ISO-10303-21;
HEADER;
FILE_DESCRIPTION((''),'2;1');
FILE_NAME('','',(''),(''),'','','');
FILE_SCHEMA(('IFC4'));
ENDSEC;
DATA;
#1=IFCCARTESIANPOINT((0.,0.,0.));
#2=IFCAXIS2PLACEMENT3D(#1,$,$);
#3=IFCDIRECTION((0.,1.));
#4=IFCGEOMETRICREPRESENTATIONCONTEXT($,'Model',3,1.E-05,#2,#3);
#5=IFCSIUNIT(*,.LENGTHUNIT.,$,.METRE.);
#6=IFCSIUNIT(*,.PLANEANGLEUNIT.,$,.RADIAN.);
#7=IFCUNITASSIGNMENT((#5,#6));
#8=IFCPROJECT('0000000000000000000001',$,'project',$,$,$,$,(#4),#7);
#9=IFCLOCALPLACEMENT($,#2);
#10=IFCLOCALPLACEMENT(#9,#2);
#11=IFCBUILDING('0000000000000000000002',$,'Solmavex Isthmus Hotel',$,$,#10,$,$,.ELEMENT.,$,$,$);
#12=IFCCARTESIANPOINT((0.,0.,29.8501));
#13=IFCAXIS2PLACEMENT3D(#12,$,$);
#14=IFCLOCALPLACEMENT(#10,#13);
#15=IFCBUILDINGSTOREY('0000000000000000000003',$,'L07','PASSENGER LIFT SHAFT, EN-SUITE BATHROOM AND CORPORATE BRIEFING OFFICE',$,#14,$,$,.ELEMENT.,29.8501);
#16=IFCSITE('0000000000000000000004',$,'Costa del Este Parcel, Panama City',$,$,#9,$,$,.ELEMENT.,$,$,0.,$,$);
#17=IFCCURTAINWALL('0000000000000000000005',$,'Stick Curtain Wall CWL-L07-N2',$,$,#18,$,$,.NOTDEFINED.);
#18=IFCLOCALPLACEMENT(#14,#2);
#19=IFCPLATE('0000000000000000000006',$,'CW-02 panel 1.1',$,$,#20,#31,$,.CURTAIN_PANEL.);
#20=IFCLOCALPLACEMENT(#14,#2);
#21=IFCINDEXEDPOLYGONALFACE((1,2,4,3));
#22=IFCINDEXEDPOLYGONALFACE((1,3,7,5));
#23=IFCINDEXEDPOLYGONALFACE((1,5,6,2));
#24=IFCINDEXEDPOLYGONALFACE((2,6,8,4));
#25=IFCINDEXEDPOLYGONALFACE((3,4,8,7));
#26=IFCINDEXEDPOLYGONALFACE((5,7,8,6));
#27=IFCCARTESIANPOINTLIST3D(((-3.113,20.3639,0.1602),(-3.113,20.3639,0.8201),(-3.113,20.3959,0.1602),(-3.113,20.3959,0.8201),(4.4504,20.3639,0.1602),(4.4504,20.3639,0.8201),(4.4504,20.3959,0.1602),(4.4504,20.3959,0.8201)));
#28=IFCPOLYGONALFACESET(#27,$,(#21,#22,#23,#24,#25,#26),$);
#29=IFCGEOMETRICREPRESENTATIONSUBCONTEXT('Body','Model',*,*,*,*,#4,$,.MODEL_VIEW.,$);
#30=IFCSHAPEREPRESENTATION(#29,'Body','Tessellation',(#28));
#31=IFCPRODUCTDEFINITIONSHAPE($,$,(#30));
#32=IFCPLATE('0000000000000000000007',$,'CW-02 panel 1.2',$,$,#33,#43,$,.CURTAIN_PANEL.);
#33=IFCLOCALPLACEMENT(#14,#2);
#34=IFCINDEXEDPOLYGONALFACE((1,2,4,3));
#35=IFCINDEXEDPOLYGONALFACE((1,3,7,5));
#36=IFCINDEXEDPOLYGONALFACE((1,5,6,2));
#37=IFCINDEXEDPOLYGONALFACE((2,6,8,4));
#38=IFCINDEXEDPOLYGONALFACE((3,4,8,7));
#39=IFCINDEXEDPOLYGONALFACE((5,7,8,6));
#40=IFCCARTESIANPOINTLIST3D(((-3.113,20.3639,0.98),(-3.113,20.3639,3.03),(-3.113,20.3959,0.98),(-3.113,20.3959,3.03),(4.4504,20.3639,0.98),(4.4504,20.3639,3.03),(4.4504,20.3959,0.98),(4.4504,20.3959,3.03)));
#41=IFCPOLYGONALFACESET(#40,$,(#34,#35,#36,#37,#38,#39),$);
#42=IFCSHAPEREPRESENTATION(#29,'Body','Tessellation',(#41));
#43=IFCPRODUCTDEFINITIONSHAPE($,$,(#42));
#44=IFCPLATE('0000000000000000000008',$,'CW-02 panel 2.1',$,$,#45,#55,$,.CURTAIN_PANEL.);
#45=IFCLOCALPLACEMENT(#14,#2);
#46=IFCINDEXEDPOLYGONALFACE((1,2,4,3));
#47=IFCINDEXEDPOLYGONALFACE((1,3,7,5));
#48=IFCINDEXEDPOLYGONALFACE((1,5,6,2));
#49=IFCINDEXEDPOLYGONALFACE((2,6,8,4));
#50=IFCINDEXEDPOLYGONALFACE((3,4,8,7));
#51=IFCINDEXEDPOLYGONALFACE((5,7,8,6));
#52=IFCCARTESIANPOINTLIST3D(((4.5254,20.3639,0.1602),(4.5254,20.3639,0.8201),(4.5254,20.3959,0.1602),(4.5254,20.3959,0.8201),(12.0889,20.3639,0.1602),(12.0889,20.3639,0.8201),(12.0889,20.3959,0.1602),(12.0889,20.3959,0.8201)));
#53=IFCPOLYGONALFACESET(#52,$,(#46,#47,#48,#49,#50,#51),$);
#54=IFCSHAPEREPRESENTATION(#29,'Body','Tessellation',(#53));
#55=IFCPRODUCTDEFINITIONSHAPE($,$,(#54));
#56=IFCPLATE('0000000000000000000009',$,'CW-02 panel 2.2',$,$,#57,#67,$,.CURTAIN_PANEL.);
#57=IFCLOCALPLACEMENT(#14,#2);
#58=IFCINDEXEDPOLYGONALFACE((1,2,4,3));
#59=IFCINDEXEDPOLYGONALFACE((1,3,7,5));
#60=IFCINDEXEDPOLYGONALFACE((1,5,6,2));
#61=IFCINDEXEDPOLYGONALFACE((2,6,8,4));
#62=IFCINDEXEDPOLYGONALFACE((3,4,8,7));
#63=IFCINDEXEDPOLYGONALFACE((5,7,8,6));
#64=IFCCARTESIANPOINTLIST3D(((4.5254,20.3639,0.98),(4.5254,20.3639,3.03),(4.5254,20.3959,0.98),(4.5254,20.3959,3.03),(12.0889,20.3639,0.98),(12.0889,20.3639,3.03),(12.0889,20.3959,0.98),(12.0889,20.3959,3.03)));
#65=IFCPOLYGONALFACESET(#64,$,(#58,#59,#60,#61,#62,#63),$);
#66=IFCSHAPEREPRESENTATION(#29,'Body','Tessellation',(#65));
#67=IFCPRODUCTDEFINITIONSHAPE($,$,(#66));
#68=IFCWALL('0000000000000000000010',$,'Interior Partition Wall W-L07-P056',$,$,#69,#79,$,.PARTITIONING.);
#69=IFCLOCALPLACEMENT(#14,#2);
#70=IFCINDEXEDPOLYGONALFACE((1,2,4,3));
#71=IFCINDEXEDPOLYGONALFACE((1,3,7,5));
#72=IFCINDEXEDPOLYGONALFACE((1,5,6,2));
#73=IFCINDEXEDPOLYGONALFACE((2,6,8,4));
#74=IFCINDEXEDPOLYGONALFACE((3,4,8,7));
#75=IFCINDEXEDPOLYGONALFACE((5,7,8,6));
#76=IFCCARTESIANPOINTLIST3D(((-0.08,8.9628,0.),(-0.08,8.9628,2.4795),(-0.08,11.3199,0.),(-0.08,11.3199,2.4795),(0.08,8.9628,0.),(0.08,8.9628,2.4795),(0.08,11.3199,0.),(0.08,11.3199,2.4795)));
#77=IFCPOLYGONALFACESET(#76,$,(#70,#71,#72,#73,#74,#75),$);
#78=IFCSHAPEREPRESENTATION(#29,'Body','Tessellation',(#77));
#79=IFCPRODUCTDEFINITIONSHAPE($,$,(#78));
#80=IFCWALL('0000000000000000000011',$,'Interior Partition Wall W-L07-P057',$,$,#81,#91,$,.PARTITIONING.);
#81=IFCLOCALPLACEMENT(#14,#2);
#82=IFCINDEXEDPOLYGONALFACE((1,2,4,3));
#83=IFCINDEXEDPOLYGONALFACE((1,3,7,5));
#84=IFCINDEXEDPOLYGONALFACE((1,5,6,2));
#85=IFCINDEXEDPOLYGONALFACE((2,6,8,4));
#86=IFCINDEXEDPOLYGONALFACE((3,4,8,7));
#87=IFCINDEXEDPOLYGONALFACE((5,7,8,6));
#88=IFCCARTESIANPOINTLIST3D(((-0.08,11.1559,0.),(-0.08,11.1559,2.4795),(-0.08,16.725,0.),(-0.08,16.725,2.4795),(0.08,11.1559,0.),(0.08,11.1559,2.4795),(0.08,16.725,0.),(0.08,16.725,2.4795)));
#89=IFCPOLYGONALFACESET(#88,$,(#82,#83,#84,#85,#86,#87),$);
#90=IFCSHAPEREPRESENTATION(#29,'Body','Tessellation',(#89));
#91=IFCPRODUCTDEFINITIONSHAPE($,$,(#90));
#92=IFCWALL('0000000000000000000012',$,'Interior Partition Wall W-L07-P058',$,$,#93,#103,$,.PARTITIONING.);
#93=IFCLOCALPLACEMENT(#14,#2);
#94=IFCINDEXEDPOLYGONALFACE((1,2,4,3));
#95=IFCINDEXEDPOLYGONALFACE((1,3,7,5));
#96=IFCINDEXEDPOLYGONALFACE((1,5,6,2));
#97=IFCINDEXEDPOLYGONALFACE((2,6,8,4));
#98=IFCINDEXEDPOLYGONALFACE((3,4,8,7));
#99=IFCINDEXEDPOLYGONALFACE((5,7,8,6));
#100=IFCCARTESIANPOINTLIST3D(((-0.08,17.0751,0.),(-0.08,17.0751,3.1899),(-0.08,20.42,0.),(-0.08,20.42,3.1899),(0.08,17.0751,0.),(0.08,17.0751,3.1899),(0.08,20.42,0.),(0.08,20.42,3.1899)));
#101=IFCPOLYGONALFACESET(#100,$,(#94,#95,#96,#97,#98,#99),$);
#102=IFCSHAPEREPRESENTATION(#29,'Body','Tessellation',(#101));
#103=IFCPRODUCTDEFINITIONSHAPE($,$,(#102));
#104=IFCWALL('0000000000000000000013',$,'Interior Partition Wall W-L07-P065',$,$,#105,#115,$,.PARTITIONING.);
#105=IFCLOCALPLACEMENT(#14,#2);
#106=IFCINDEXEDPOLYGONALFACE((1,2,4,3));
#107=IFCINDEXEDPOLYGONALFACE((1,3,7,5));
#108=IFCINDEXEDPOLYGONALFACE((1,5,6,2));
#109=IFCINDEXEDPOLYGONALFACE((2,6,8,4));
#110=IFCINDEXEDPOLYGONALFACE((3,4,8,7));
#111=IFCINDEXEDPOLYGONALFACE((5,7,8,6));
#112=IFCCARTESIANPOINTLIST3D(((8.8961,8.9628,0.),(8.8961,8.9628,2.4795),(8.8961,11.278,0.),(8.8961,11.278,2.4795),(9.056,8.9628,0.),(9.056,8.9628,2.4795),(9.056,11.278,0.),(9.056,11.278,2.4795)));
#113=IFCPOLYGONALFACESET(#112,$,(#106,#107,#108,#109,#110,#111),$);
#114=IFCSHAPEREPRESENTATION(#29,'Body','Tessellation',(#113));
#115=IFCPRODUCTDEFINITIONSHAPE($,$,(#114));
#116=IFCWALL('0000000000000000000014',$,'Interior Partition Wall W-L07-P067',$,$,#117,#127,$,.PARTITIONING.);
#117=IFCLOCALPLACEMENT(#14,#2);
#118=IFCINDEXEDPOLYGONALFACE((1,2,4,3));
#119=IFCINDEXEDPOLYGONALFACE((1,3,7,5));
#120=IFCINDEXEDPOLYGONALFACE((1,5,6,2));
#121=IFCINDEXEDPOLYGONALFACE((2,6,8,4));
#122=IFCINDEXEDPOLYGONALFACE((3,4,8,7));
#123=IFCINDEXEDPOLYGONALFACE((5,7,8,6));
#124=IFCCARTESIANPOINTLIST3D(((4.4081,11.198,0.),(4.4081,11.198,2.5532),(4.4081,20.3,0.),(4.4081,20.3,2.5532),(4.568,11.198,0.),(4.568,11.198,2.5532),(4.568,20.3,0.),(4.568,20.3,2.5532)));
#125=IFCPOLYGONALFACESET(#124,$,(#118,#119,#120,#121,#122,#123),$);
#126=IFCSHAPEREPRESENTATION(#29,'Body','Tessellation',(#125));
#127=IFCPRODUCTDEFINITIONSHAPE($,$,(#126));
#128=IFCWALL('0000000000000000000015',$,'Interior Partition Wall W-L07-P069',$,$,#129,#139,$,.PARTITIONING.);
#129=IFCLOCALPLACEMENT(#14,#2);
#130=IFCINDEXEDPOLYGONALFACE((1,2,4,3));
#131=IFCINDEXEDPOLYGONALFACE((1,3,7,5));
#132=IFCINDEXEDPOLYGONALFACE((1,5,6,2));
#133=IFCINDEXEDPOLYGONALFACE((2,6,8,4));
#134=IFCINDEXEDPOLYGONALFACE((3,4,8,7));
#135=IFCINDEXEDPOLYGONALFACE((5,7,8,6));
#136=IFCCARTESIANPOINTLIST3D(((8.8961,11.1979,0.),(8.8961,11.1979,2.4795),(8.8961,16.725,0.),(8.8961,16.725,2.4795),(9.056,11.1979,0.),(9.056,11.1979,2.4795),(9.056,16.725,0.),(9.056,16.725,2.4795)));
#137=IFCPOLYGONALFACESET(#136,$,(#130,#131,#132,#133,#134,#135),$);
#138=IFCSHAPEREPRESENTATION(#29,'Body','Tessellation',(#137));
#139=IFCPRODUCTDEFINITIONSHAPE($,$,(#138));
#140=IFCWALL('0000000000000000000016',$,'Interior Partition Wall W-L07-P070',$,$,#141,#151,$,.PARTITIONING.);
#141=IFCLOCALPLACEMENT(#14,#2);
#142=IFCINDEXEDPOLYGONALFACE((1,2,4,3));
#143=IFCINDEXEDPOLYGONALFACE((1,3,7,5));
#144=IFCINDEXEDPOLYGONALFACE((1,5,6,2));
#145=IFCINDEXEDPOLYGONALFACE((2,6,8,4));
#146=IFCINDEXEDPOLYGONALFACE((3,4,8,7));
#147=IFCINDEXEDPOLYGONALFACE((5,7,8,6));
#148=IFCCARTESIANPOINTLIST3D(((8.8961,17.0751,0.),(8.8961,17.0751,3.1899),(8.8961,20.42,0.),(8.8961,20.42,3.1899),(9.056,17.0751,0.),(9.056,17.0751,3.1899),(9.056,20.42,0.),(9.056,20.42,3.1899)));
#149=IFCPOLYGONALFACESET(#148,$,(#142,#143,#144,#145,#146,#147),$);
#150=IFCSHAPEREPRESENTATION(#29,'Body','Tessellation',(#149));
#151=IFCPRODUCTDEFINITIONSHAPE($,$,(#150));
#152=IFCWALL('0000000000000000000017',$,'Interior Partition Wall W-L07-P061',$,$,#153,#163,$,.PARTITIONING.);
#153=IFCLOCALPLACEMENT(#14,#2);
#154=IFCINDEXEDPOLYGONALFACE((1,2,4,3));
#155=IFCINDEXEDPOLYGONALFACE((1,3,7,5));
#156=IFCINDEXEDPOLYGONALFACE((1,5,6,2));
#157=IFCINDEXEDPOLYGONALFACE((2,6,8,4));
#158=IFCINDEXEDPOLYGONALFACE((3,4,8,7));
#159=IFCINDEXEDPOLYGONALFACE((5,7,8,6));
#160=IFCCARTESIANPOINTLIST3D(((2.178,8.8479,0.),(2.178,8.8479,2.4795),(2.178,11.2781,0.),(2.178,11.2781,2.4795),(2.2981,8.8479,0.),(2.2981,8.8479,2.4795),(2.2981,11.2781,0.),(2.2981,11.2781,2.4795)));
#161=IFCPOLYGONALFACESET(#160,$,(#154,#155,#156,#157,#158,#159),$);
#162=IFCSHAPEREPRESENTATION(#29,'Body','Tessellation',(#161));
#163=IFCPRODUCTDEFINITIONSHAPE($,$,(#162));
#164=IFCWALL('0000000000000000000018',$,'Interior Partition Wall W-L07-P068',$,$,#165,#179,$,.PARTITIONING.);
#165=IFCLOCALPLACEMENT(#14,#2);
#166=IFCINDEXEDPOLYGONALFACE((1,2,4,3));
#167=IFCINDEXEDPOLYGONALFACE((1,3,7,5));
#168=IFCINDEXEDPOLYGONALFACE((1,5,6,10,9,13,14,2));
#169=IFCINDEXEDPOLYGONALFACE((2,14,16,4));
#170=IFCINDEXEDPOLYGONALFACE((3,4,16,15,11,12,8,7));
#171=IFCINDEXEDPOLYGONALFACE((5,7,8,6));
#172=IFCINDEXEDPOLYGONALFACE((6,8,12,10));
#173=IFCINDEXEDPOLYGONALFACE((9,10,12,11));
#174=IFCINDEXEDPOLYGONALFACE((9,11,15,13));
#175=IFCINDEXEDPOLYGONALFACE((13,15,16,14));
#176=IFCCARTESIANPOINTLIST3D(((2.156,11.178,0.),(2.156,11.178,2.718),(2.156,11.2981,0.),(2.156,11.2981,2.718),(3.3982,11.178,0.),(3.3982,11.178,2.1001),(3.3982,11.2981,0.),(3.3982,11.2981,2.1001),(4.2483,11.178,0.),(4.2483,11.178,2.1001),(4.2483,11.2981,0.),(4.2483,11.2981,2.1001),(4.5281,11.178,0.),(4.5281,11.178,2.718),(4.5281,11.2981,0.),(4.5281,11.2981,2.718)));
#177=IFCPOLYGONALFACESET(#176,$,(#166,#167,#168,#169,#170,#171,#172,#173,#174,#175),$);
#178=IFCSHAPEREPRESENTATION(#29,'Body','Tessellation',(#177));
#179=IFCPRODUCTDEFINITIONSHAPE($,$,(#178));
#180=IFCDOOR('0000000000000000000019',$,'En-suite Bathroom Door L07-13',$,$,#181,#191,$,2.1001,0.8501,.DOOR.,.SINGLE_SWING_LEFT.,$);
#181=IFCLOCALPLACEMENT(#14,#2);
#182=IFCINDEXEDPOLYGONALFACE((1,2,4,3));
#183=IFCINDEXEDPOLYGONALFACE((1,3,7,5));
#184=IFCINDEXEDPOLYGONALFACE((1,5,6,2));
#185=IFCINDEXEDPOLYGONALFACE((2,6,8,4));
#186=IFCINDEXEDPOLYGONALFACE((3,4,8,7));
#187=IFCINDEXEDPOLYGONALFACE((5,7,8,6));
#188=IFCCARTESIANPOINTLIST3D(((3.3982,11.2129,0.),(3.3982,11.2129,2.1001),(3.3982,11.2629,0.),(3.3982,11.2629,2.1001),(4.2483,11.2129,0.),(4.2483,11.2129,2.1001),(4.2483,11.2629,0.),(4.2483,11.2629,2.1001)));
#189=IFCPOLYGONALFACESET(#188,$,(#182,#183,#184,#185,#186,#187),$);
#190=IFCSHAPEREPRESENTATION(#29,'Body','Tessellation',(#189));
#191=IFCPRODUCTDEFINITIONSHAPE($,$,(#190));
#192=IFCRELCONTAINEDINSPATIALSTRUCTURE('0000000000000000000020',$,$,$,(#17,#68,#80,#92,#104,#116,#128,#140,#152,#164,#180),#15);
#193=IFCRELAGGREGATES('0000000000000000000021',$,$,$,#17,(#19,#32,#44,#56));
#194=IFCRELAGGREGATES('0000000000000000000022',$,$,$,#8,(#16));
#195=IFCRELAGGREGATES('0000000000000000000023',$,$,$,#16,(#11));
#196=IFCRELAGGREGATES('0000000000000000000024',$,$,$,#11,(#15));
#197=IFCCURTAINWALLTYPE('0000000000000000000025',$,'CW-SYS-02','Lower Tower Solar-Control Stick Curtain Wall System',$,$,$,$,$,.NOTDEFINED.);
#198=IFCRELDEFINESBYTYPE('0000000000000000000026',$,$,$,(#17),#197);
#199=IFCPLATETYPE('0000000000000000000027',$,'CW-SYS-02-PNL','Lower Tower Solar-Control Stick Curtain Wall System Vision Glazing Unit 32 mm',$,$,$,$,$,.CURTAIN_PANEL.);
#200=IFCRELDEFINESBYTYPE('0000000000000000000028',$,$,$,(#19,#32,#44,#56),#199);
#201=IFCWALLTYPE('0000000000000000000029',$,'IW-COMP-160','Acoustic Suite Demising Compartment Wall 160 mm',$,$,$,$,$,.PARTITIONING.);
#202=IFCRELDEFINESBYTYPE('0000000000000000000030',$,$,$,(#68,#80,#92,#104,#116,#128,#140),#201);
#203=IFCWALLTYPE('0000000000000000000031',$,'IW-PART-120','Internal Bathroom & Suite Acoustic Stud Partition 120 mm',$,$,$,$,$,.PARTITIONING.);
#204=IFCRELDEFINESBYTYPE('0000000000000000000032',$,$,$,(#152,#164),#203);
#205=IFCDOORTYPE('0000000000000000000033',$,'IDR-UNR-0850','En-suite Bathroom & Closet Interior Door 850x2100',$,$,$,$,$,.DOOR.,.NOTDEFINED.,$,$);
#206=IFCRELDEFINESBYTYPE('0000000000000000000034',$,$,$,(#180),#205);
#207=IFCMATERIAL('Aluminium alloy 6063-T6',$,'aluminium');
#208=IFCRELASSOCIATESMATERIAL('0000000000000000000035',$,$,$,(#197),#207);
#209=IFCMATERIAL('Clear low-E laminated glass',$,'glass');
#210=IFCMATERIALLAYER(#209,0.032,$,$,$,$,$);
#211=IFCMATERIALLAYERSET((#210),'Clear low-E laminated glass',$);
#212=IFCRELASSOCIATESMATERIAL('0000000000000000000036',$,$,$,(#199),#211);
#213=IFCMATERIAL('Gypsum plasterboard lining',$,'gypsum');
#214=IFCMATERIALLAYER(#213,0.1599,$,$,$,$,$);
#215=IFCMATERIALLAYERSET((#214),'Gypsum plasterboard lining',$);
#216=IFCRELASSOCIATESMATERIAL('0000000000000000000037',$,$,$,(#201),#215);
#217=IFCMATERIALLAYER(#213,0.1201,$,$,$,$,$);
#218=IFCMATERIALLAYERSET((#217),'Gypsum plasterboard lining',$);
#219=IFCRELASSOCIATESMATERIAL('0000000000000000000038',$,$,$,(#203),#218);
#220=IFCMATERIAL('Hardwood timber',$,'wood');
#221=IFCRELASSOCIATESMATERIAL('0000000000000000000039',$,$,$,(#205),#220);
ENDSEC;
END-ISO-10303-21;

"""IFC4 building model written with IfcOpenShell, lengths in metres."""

from ifc_helpers import new_model, si_unit, direction, frame, frame_2d, origin, origin_2d, place, context, subcontext, project, spatial, rectangle, extrude, material, layer, layer_set, type_object, element, fill, aggregate, save


model = new_model("IFC4")

# Units and contexts
model_context = context("Model", 3, precision=1e-05, world=origin(), true_north=direction((0.0, 1.0)))
body_context = subcontext(model_context, "Body", "Model", "MODEL_VIEW")
ifc_project = project(units=[si_unit("LENGTHUNIT", "METRE"), si_unit("PLANEANGLEUNIT", "RADIAN")], contexts=[model_context])

# Site, building, storey
site_placement = place(None, origin())
site = spatial("IfcSite", under=ifc_project, at=site_placement, Name="Costa del Este Parcel, Panama City", CompositionType="ELEMENT", RefElevation=0.0)
building_placement = place(site_placement, origin())
building = spatial("IfcBuilding", under=site, at=building_placement, Name="Solmavex Isthmus Hotel", CompositionType="ELEMENT")
storey_placement = place(building_placement, frame((0.0, 0.0, 29.8501)))
storey = spatial("IfcBuildingStorey", under=building, at=storey_placement, Name="L07", Description="PASSENGER LIFT SHAFT, EN-SUITE BATHROOM AND CORPORATE BRIEFING OFFICE", CompositionType="ELEMENT", Elevation=29.8501)

# Curtain wall
ifc_material_1 = material(Name="Aluminium alloy 6063-T6", Category="aluminium")
curtain_wall_type = type_object("IfcCurtainWallType", Name="CW-SYS-02", Description="Lower Tower Solar-Control Stick Curtain Wall System", PredefinedType="NOTDEFINED", material=ifc_material_1)
curtain_wall_1_placement = place(storey_placement, origin())
curtain_wall_1 = element("IfcCurtainWall", 1, at=curtain_wall_1_placement, inside=storey, type_object=curtain_wall_type, Name="Stick Curtain Wall CWL-L07-N2", PredefinedType="NOTDEFINED")

# Plates
ifc_material_2 = material(Name="Clear low-E laminated glass", Category="glass")
ifc_layer_1 = layer(ifc_material_2, 0.032)
ifc_layer_set_1 = layer_set([ifc_layer_1], Name="Clear low-E laminated glass")
plate_type = type_object("IfcPlateType", Name="CW-SYS-02-PNL", Description="Lower Tower Solar-Control Stick Curtain Wall System Vision Glazing Unit 32 mm", PredefinedType="CURTAIN_PANEL", material=ifc_layer_set_1)
plate_1_placement = place(storey_placement, frame((0.6687, 20.3799, 0.1602), z_axis=(0.0, 0.0, 1.0), x_axis=(1.0, 0.0, 0.0)))
plate_1 = element("IfcPlate", 2, at=plate_1_placement, type_object=plate_type, Name="CW-02 panel 1.1", PredefinedType="CURTAIN_PANEL", context=body_context, shape_type="SweptSolid", body=[
    extrude(rectangle(XDim=7.5635, YDim=0.032, at=origin_2d()), origin(), (0.0, 0.0, 1.0), 0.6599),
])
plate_2_placement = place(storey_placement, frame((0.6687, 20.3799, 0.98), z_axis=(0.0, 0.0, 1.0), x_axis=(1.0, 0.0, 0.0)))
plate_2 = element("IfcPlate", 3, at=plate_2_placement, type_object=plate_type, Name="CW-02 panel 1.2", PredefinedType="CURTAIN_PANEL", context=body_context, shape_type="SweptSolid", body=[
    extrude(rectangle(XDim=7.5635, YDim=0.032, at=origin_2d()), origin(), (0.0, 0.0, 1.0), 2.05),
])
plate_3_placement = place(storey_placement, frame((8.3071, 20.3799, 0.1602), z_axis=(0.0, 0.0, 1.0), x_axis=(1.0, 0.0, 0.0)))
plate_3 = element("IfcPlate", 4, at=plate_3_placement, type_object=plate_type, Name="CW-02 panel 2.1", PredefinedType="CURTAIN_PANEL", context=body_context, shape_type="SweptSolid", body=[
    extrude(rectangle(XDim=7.5635, YDim=0.032, at=origin_2d()), origin(), (0.0, 0.0, 1.0), 0.6599),
])
plate_4_placement = place(storey_placement, frame((8.3071, 20.3799, 0.98), z_axis=(0.0, 0.0, 1.0), x_axis=(1.0, 0.0, 0.0)))
plate_4 = element("IfcPlate", 5, at=plate_4_placement, type_object=plate_type, Name="CW-02 panel 2.2", PredefinedType="CURTAIN_PANEL", context=body_context, shape_type="SweptSolid", body=[
    extrude(rectangle(XDim=7.5635, YDim=0.032, at=origin_2d()), origin(), (0.0, 0.0, 1.0), 2.05),
])
aggregate(curtain_wall_1, [plate_1, plate_2, plate_3, plate_4])

# Walls
ifc_material_3 = material(Name="Gypsum plasterboard lining", Category="gypsum")
ifc_layer_2 = layer(ifc_material_3, 0.1599)
ifc_layer_set_2 = layer_set([ifc_layer_2], Name="Gypsum plasterboard lining")
wall_type_1 = type_object("IfcWallType", Name="IW-COMP-160", Description="Acoustic Suite Demising Compartment Wall 160 mm", PredefinedType="PARTITIONING", material=ifc_layer_set_2)
wall_1_placement = place(storey_placement, frame((0.0, 11.3201, 0.0), z_axis=(0.0, 0.0, 1.0), x_axis=(0.0, -1.0, 0.0)))
element("IfcWall", 6, at=wall_1_placement, inside=storey, type_object=wall_type_1, Name="Interior Partition Wall W-L07-P056", PredefinedType="PARTITIONING", context=body_context, shape_type="SweptSolid", body=[
    extrude(rectangle(XDim=2.3572, YDim=0.1599, at=frame_2d((1.1787, 0.0))), origin(), (0.0, 0.0, 1.0), 2.4795),
])
wall_2_placement = place(storey_placement, frame((0.0, 16.7251, 0.0), z_axis=(0.0, 0.0, 1.0), x_axis=(0.0, -1.0, 0.0)))
element("IfcWall", 7, at=wall_2_placement, inside=storey, type_object=wall_type_1, Name="Interior Partition Wall W-L07-P057", PredefinedType="PARTITIONING", context=body_context, shape_type="SweptSolid", body=[
    extrude(rectangle(XDim=5.5691, YDim=0.1599, at=frame_2d((2.7847, 0.0))), origin(), (0.0, 0.0, 1.0), 2.4795),
])
wall_3_placement = place(storey_placement, frame((0.0, 20.4199, 0.0), z_axis=(0.0, 0.0, 1.0), x_axis=(0.0, -1.0, 0.0)))
element("IfcWall", 8, at=wall_3_placement, inside=storey, type_object=wall_type_1, Name="Interior Partition Wall W-L07-P058", PredefinedType="PARTITIONING", context=body_context, shape_type="SweptSolid", body=[
    extrude(rectangle(XDim=3.345, YDim=0.1599, at=frame_2d((1.6724, 0.0))), origin(), (0.0, 0.0, 1.0), 3.1899),
])

# Shared definitions
ifc_material_4 = material(Name="Hardwood timber", Category="wood")

# Walls
wall_4_placement = place(storey_placement, frame((8.9761, 11.2781, 0.0), z_axis=(0.0, 0.0, 1.0), x_axis=(0.0, -1.0, 0.0)))
element("IfcWall", 9, at=wall_4_placement, inside=storey, type_object=wall_type_1, Name="Interior Partition Wall W-L07-P065", PredefinedType="PARTITIONING", context=body_context, shape_type="SweptSolid", body=[
    extrude(rectangle(XDim=2.3152, YDim=0.1599, at=frame_2d((1.1577, 0.0))), origin(), (0.0, 0.0, 1.0), 2.4795),
])
wall_5_placement = place(storey_placement, frame((4.488, 20.3, 0.0), z_axis=(0.0, 0.0, 1.0), x_axis=(0.0, -1.0, 0.0)))
element("IfcWall", 10, at=wall_5_placement, inside=storey, type_object=wall_type_1, Name="Interior Partition Wall W-L07-P067", PredefinedType="PARTITIONING", context=body_context, shape_type="SweptSolid", body=[
    extrude(rectangle(XDim=9.1021, YDim=0.1599, at=frame_2d((4.551, 0.0))), origin(), (0.0, 0.0, 1.0), 2.5532),
])
wall_6_placement = place(storey_placement, frame((8.9761, 16.7251, 0.0), z_axis=(0.0, 0.0, 1.0), x_axis=(0.0, -1.0, 0.0)))
element("IfcWall", 11, at=wall_6_placement, inside=storey, type_object=wall_type_1, Name="Interior Partition Wall W-L07-P069", PredefinedType="PARTITIONING", context=body_context, shape_type="SweptSolid", body=[
    extrude(rectangle(XDim=5.5271, YDim=0.1599, at=frame_2d((2.7637, 0.0))), origin(), (0.0, 0.0, 1.0), 2.4795),
])
wall_7_placement = place(storey_placement, frame((8.9761, 20.4199, 0.0), z_axis=(0.0, 0.0, 1.0), x_axis=(0.0, -1.0, 0.0)))
element("IfcWall", 12, at=wall_7_placement, inside=storey, type_object=wall_type_1, Name="Interior Partition Wall W-L07-P070", PredefinedType="PARTITIONING", context=body_context, shape_type="SweptSolid", body=[
    extrude(rectangle(XDim=3.345, YDim=0.1599, at=frame_2d((1.6724, 0.0))), origin(), (0.0, 0.0, 1.0), 3.1899),
])
ifc_layer_3 = layer(ifc_material_3, 0.1201)
ifc_layer_set_3 = layer_set([ifc_layer_3], Name="Gypsum plasterboard lining")
wall_type_2 = type_object("IfcWallType", Name="IW-PART-120", Description="Internal Bathroom & Suite Acoustic Stud Partition 120 mm", PredefinedType="PARTITIONING", material=ifc_layer_set_3)
wall_8_placement = place(storey_placement, frame((2.238, 11.2781, 0.0), z_axis=(0.0, 0.0, 1.0), x_axis=(0.0, -1.0, 0.0)))
element("IfcWall", 13, at=wall_8_placement, inside=storey, type_object=wall_type_2, Name="Interior Partition Wall W-L07-P061", PredefinedType="PARTITIONING", context=body_context, shape_type="SweptSolid", body=[
    extrude(rectangle(XDim=2.4302, YDim=0.1201, at=frame_2d((1.2151, 0.0))), origin(), (0.0, 0.0, 1.0), 2.4795),
])

# Wall, opening, door
wall_9_placement = place(storey_placement, frame((4.5281, 11.238, 0.0), z_axis=(0.0, 0.0, 1.0), x_axis=(-1.0, 0.0, 0.0)))
wall_9 = element("IfcWall", 14, at=wall_9_placement, inside=storey, type_object=wall_type_2, Name="Interior Partition Wall W-L07-P068", PredefinedType="PARTITIONING", context=body_context, shape_type="SweptSolid", body=[
    extrude(rectangle(XDim=2.3721, YDim=0.1201, at=frame_2d((1.186, 0.0))), origin(), (0.0, 0.0, 1.0), 2.718),
])
opening_1_placement = place(wall_9_placement, frame((0.2798, 0.0, 0.0)))
opening_1 = element("IfcOpeningElement", 15, at=opening_1_placement, cuts=wall_9, PredefinedType="OPENING", context=body_context, shape_type="SweptSolid", body=[
    extrude(rectangle(XDim=0.8501, YDim=2.1001, at=frame_2d((0.425, 1.05))), frame((0.0, 0.0701, 0.0), z_axis=(0.0, -1.0, 0.0), x_axis=(1.0, 0.0, 0.0)), (0.0, 0.0, 1.0), 0.1401),
])
door_type_1 = type_object("IfcDoorType", Name="IDR-UNR-0850", Description="En-suite Bathroom & Closet Interior Door 850x2100", OperationType="NOTDEFINED", PredefinedType="DOOR", material=ifc_material_4)
door_1_placement = place(opening_1_placement, frame((0.8501, 0.0, 0.0), z_axis=(0.0, 0.0, 1.0), x_axis=(-1.0, 0.0, 0.0)))
door_1 = element("IfcDoor", 16, at=door_1_placement, inside=storey, type_object=door_type_1, Name="En-suite Bathroom Door L07-13", OperationType="SINGLE_SWING_LEFT", OverallHeight=2.1001, OverallWidth=0.8501, PredefinedType="DOOR", context=body_context, shape_type="SweptSolid", body=[
    extrude(rectangle(XDim=0.8501, YDim=2.1001, at=frame_2d((0.425, 1.05))), frame((0.0, 0.0249, 0.0), z_axis=(0.0, -1.0, 0.0), x_axis=(1.0, 0.0, 0.0)), (0.0, 0.0, 1.0), 0.05),
])
fill(opening_1, door_1)

save(model, "model.ifc")
